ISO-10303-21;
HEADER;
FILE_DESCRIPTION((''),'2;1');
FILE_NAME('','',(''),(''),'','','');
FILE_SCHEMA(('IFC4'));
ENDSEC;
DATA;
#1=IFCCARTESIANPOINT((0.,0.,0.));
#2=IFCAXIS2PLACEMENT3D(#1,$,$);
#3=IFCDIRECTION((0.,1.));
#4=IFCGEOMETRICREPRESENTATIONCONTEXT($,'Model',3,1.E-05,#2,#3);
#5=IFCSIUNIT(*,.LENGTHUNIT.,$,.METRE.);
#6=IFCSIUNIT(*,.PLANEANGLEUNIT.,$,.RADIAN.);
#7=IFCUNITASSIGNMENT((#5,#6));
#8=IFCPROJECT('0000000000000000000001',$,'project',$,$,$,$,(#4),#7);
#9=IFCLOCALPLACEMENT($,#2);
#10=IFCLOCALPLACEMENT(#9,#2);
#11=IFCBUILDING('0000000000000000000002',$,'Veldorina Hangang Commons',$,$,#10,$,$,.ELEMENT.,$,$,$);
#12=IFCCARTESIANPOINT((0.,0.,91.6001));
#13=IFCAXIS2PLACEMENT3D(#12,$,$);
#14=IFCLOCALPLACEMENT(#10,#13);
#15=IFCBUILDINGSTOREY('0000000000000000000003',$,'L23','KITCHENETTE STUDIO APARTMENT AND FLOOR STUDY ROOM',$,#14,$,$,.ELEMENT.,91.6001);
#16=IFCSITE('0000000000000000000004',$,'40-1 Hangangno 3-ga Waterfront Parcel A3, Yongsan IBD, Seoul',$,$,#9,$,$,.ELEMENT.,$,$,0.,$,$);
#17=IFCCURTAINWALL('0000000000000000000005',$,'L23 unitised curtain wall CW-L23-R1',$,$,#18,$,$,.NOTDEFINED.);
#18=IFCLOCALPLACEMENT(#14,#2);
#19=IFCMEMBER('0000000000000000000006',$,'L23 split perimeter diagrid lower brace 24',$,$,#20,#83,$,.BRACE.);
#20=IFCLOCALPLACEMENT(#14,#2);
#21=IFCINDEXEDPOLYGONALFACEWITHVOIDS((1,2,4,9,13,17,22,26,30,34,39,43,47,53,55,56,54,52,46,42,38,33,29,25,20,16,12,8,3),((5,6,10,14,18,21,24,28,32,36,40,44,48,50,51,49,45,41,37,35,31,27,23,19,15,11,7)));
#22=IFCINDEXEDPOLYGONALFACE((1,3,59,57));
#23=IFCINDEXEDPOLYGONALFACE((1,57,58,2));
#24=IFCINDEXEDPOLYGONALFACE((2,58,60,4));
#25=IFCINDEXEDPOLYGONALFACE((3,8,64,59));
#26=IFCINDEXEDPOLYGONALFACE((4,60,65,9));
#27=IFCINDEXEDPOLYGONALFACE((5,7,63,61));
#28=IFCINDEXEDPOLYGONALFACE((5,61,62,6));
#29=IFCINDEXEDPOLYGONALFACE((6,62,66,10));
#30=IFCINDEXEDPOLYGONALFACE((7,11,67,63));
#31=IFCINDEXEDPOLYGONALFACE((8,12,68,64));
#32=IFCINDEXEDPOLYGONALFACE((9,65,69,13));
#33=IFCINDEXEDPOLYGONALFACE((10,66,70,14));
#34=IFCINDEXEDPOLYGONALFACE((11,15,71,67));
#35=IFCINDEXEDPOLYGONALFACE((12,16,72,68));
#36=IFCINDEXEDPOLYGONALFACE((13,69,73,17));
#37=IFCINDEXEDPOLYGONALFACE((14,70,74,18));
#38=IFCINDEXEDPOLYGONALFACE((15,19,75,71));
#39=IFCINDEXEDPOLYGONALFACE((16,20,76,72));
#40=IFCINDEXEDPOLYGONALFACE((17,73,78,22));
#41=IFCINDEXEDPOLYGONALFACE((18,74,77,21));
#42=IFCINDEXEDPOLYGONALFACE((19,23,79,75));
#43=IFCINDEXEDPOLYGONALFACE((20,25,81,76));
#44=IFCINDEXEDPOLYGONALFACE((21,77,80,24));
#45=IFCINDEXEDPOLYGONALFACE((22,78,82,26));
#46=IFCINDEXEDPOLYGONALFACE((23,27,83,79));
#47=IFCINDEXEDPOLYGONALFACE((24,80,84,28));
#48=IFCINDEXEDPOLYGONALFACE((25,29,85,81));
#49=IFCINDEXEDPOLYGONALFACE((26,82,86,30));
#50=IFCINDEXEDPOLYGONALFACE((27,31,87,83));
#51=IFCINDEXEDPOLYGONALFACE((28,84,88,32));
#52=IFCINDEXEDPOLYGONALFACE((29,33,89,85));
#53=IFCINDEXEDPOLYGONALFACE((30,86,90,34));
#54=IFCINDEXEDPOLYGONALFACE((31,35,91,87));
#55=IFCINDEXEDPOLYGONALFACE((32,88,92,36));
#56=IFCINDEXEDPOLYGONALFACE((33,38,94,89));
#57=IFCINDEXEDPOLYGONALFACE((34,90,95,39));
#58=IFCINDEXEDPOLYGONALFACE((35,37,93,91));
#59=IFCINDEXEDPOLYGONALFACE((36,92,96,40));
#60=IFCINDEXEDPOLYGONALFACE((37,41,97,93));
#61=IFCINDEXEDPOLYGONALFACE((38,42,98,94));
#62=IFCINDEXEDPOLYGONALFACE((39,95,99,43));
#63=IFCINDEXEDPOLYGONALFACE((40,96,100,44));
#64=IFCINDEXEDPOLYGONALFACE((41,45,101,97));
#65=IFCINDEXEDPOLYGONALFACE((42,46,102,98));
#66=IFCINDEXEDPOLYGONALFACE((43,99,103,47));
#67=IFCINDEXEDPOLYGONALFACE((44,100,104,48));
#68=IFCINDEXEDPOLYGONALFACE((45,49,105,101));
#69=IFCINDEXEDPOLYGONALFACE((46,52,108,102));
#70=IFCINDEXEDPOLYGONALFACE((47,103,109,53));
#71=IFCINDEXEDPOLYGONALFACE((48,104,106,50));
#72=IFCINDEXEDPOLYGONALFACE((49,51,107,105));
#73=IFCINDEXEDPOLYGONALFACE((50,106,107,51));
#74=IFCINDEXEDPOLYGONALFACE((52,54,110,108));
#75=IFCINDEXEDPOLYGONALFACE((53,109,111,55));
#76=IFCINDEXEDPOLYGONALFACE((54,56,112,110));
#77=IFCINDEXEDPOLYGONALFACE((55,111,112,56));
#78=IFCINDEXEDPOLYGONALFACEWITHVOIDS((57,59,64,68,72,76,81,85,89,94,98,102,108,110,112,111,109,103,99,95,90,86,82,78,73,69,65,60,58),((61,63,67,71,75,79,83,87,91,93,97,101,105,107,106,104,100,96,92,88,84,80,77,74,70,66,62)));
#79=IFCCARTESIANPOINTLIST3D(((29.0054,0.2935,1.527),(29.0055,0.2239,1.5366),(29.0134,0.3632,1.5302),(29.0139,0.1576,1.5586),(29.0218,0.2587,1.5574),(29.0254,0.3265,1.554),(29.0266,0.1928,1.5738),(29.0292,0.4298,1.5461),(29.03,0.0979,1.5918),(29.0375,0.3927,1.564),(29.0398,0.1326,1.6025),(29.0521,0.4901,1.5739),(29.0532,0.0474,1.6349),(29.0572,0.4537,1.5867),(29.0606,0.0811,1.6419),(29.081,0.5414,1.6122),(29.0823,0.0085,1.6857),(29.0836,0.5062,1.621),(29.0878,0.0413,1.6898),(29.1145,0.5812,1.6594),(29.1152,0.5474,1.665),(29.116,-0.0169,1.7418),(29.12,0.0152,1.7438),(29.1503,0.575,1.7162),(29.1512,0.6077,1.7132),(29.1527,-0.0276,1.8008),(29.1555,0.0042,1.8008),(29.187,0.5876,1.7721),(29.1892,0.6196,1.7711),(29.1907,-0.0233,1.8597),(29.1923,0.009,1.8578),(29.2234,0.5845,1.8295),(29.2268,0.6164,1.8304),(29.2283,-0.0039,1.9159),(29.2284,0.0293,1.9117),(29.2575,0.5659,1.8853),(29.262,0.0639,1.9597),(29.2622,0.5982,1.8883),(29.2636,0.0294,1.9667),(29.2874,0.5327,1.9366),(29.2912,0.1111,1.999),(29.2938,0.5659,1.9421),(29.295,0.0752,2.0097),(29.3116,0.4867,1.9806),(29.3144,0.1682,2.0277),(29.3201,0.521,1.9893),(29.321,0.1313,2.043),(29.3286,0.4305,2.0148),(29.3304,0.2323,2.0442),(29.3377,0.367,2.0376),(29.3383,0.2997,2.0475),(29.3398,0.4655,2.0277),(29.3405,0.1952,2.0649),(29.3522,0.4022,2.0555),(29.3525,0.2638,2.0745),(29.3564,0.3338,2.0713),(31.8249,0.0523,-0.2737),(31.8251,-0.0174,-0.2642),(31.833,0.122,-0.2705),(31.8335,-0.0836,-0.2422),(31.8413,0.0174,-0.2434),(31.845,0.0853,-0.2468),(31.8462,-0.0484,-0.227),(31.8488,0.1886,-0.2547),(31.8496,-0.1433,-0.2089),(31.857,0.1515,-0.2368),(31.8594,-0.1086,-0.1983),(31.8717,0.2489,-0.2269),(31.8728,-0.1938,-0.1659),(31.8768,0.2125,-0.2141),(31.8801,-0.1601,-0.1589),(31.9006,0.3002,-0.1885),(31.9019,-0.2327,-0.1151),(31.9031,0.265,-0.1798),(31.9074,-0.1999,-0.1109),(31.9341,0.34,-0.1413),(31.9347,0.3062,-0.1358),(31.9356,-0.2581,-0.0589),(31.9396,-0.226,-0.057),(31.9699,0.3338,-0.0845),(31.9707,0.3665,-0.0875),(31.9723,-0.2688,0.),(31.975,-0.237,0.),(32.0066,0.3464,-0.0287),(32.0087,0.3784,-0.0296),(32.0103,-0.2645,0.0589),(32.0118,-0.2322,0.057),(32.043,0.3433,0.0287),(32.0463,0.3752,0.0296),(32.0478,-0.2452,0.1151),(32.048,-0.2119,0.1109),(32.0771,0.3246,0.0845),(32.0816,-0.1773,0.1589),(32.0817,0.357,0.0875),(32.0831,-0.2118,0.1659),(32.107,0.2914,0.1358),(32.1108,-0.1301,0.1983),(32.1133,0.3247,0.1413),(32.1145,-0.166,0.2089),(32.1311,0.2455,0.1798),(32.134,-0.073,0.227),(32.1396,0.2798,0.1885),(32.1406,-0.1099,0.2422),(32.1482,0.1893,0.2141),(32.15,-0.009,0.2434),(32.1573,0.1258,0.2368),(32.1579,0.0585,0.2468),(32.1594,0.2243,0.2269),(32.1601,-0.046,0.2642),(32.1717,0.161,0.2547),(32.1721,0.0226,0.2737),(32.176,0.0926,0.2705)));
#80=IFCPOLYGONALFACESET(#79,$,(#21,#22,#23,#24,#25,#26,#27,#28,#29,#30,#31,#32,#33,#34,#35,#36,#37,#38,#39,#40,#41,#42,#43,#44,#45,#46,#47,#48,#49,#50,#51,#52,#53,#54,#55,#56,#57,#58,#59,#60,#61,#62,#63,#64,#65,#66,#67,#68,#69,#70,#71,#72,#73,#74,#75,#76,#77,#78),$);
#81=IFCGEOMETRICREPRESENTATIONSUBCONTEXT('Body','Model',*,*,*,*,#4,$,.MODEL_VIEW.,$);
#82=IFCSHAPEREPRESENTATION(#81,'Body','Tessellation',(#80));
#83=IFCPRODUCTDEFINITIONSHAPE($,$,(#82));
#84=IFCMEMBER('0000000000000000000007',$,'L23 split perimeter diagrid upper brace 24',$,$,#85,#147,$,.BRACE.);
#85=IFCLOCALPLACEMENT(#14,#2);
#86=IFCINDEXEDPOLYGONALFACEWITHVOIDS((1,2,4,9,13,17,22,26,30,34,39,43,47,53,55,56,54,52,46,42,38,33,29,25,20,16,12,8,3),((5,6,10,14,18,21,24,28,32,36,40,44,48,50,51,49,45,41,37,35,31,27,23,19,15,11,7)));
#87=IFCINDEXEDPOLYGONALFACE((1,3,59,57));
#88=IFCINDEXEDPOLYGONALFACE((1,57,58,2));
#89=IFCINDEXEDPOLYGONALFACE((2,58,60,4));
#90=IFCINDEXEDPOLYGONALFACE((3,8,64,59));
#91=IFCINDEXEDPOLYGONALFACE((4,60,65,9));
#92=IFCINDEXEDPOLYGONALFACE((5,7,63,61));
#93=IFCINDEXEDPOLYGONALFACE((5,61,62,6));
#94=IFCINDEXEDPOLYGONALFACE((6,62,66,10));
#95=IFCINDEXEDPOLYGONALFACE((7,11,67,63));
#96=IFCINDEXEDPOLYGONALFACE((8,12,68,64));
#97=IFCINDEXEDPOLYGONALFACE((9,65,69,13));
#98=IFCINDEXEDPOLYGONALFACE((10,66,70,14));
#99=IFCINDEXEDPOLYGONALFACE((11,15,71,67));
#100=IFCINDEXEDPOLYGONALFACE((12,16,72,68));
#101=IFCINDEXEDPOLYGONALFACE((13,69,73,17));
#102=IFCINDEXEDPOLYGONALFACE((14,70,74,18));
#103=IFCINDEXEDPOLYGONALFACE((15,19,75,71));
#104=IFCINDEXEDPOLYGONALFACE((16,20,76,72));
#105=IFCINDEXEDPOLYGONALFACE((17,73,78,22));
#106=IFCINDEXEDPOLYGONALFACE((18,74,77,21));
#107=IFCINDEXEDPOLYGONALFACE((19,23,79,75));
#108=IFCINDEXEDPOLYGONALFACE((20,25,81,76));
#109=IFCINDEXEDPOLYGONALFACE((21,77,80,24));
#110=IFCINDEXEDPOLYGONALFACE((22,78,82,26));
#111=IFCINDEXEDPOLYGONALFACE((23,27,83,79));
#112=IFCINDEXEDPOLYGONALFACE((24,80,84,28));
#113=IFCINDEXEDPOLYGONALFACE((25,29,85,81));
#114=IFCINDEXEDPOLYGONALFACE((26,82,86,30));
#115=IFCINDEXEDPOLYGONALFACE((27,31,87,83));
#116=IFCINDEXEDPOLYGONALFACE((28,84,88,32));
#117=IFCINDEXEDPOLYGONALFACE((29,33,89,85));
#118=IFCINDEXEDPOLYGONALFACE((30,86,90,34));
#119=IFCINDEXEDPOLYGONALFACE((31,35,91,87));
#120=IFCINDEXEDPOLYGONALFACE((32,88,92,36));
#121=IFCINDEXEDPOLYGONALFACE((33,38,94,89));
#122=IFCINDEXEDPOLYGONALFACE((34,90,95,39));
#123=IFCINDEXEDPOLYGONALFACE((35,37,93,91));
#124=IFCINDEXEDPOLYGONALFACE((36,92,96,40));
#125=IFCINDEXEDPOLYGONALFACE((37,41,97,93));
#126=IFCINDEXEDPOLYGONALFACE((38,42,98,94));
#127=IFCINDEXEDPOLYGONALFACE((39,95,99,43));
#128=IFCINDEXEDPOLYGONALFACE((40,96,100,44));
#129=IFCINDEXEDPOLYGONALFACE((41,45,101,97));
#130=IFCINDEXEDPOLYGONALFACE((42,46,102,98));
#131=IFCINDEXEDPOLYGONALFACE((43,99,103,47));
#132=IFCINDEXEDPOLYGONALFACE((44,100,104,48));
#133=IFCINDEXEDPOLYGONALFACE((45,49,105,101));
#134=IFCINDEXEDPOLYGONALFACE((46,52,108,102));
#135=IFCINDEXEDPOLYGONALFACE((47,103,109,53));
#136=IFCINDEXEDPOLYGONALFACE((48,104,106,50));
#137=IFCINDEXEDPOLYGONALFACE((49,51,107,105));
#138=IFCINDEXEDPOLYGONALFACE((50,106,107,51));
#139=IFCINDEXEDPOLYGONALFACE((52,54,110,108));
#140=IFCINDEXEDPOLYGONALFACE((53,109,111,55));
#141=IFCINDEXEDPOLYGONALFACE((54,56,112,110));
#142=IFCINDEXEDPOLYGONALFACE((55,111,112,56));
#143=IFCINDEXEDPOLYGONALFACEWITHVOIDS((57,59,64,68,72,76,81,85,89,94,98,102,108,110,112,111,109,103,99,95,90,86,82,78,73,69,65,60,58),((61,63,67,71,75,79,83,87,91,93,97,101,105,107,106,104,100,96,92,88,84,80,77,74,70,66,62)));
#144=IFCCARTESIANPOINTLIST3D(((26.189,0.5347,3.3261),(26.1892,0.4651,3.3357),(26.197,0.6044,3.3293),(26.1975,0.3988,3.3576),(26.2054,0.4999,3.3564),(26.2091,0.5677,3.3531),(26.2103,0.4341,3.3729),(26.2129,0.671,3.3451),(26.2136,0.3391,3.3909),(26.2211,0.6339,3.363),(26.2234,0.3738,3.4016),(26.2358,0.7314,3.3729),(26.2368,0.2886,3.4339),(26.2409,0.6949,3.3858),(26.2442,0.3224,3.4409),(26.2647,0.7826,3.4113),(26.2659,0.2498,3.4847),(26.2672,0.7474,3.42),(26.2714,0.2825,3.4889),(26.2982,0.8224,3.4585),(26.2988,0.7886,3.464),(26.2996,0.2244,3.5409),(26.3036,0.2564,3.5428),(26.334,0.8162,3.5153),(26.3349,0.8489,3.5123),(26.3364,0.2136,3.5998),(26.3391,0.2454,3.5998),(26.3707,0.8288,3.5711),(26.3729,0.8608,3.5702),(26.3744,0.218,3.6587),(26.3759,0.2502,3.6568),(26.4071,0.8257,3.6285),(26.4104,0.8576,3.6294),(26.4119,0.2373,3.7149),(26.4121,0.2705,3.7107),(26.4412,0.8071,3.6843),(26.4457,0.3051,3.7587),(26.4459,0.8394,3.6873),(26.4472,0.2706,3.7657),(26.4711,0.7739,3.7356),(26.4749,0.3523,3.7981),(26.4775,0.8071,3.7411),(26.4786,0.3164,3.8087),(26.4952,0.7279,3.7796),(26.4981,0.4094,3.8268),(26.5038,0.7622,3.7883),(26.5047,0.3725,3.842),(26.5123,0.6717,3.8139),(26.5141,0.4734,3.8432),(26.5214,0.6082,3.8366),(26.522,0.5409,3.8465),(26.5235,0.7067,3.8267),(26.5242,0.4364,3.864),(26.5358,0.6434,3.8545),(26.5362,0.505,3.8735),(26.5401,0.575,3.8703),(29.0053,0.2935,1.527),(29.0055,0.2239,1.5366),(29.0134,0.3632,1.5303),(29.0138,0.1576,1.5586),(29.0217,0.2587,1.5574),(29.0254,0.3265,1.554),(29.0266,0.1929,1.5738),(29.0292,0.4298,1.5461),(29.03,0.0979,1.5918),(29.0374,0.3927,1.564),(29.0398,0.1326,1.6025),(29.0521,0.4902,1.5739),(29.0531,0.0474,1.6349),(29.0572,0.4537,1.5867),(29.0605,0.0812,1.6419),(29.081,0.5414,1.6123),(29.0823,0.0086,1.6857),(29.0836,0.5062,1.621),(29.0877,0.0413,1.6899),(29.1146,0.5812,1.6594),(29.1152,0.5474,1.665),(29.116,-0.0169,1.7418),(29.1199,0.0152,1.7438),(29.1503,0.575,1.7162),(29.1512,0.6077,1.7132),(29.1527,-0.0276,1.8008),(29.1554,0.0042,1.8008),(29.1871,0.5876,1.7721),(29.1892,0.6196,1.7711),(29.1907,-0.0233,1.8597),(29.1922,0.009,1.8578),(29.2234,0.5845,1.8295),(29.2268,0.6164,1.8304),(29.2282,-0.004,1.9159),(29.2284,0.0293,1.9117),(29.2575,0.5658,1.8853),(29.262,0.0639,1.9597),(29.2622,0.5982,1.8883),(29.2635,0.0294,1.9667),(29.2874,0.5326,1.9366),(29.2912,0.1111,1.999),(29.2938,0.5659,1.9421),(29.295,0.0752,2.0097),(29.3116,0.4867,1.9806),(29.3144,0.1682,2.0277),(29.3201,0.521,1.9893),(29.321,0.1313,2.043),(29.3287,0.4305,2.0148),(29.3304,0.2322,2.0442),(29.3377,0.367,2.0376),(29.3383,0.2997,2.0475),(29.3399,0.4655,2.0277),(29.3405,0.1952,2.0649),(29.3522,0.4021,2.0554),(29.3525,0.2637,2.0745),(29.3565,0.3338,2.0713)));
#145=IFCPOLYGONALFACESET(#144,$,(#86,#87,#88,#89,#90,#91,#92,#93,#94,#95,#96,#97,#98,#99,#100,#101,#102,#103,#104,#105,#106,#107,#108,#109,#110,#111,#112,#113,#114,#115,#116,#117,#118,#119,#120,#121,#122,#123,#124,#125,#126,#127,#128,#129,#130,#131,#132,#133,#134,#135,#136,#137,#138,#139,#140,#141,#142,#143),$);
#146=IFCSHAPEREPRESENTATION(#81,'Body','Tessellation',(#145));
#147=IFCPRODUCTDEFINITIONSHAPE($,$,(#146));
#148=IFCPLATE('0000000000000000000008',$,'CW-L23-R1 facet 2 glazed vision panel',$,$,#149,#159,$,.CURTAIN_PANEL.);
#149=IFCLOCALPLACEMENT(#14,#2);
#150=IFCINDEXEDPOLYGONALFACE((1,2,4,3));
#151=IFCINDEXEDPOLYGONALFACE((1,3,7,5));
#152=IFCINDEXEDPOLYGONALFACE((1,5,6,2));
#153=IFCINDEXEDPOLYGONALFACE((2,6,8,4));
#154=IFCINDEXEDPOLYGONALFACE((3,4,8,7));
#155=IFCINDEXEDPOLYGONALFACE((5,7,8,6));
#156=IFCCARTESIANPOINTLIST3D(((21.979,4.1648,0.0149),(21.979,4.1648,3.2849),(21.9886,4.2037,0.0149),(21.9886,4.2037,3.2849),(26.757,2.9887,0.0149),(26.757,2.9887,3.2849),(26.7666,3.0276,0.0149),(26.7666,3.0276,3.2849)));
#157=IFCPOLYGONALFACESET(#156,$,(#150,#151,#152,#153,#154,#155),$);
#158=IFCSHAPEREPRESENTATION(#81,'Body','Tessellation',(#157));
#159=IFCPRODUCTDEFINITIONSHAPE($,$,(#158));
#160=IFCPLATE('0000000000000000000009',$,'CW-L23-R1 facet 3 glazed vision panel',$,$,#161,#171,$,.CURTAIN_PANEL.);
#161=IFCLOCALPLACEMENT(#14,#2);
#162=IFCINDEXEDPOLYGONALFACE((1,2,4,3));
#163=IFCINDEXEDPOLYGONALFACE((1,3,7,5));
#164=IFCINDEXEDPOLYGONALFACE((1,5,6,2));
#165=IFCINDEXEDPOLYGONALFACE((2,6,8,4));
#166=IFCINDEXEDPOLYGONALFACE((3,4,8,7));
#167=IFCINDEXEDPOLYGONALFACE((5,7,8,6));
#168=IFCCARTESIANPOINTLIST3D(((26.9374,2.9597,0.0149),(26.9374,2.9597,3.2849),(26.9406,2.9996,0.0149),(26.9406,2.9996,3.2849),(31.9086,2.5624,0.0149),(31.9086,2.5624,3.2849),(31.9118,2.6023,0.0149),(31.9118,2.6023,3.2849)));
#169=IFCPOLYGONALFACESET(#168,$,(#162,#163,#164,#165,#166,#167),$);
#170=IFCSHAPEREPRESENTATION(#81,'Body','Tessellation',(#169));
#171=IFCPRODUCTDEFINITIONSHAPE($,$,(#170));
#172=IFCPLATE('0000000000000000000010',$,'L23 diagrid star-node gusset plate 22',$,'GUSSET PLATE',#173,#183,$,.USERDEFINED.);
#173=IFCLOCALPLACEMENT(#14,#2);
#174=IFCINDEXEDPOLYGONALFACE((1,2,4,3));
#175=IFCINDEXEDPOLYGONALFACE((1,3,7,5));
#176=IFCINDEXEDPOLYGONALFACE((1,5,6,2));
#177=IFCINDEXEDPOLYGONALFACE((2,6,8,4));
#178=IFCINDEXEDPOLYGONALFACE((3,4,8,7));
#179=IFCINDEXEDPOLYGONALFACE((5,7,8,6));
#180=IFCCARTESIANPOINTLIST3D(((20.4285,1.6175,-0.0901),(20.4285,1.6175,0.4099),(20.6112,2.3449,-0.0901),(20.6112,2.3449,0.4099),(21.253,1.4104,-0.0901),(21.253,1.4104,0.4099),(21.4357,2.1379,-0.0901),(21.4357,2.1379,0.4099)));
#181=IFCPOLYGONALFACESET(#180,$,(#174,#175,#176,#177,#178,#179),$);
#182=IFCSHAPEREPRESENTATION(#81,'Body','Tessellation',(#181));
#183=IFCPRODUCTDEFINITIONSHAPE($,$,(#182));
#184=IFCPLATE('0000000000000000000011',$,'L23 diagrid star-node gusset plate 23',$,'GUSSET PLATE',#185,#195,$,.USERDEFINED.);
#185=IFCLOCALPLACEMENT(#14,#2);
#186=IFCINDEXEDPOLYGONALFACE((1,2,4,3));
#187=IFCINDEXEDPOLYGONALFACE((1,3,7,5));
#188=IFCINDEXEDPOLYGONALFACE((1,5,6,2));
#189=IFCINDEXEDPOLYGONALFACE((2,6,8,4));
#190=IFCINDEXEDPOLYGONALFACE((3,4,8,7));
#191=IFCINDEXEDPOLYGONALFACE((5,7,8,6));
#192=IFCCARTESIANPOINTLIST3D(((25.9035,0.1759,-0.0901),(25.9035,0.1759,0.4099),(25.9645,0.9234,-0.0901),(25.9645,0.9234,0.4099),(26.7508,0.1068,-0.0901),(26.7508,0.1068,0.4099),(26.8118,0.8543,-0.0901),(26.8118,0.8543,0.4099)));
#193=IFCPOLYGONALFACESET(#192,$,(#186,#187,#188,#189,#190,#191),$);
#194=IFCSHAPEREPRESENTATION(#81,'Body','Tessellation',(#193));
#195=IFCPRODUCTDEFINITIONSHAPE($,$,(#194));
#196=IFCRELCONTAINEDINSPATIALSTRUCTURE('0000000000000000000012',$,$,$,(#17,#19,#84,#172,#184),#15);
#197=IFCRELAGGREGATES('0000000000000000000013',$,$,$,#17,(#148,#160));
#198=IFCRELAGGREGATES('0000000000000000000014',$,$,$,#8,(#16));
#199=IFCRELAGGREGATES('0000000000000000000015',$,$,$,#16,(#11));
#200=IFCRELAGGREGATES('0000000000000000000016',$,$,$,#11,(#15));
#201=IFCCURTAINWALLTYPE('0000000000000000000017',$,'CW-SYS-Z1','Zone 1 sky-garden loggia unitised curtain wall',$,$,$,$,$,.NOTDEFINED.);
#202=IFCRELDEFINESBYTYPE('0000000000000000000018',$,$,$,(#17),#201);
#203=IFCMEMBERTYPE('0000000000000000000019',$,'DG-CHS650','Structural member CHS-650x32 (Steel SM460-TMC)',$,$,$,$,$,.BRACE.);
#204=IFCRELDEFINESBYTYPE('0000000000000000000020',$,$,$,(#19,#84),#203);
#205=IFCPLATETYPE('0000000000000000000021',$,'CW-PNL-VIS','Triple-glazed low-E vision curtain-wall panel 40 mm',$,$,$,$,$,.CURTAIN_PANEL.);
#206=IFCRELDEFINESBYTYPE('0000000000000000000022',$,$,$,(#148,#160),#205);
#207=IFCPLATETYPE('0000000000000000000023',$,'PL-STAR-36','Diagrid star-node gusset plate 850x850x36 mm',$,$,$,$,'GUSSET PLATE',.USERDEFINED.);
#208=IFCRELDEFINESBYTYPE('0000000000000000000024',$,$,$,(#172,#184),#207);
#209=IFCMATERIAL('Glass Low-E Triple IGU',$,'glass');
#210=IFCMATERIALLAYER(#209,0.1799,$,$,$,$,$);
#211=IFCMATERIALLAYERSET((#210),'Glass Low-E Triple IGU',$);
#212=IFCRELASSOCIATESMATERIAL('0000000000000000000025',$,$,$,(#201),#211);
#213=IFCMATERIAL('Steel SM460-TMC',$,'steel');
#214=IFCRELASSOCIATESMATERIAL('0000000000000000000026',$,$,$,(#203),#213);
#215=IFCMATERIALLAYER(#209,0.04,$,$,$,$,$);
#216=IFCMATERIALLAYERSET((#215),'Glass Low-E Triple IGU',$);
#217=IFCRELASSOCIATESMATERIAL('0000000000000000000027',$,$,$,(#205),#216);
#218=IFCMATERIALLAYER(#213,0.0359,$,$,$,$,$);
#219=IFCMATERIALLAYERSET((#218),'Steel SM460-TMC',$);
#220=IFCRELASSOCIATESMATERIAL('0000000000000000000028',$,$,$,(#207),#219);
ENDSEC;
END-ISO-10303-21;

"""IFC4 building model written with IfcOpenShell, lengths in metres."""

from ifc_helpers import new_model, si_unit, direction, frame, origin, origin_2d, place, context, subcontext, project, spatial, rectangle, hollow_circle, extrude, material, layer, layer_set, material_profile, profile_set, type_object, element, aggregate, save


model = new_model("IFC4")

# Units and contexts
model_context = context("Model", 3, precision=1e-05, world=origin(), true_north=direction((0.0, 1.0)))
body_context = subcontext(model_context, "Body", "Model", "MODEL_VIEW")
ifc_project = project(units=[si_unit("LENGTHUNIT", "METRE"), si_unit("PLANEANGLEUNIT", "RADIAN")], contexts=[model_context])

# Site, building, storey
site_placement = place(None, origin())
site = spatial("IfcSite", under=ifc_project, at=site_placement, Name="40-1 Hangangno 3-ga Waterfront Parcel A3, Yongsan IBD, Seoul", CompositionType="ELEMENT", RefElevation=0.0)
building_placement = place(site_placement, origin())
building = spatial("IfcBuilding", under=site, at=building_placement, Name="Veldorina Hangang Commons", CompositionType="ELEMENT")
storey_placement = place(building_placement, frame((0.0, 0.0, 91.6001)))
storey = spatial("IfcBuildingStorey", under=building, at=storey_placement, Name="L23", Description="KITCHENETTE STUDIO APARTMENT AND FLOOR STUDY ROOM", CompositionType="ELEMENT", Elevation=91.6001)

# Curtain wall
ifc_material_1 = material(Name="Glass Low-E Triple IGU", Category="glass")
ifc_layer_1 = layer(ifc_material_1, 0.1799)
ifc_layer_set_1 = layer_set([ifc_layer_1], Name="Glass Low-E Triple IGU")
curtain_wall_type = type_object("IfcCurtainWallType", Name="CW-SYS-Z1", Description="Zone 1 sky-garden loggia unitised curtain wall", PredefinedType="NOTDEFINED", material=ifc_layer_set_1)
curtain_wall_placement = place(storey_placement, origin())
curtain_wall = element("IfcCurtainWall", 1, at=curtain_wall_placement, inside=storey, type_object=curtain_wall_type, Name="L23 unitised curtain wall CW-L23-R1", PredefinedType="NOTDEFINED")

# Members
ifc_material_2 = material(Name="Steel SM460-TMC", Category="steel")
ifc_material_profile_1 = material_profile(ifc_material_2, hollow_circle(Radius=0.325, WallThickness=0.032, at=origin_2d()), Name="CHS-650x32")
ifc_profile_set_1 = profile_set([ifc_material_profile_1], Name="Steel SM460-TMC")
member_type_1 = type_object("IfcMemberType", Name="DG-CHS650", Description="Structural member CHS-650x32 (Steel SM460-TMC)", PredefinedType="BRACE", material=ifc_profile_set_1)
member_1_placement = place(storey_placement, frame((32.0, 0.0549, 0.0), z_axis=(-0.840598, 0.071912, 0.536865), x_axis=(-0.085237, -0.996361, 0.0)))
element("IfcMember", 2, at=member_1_placement, inside=storey, type_object=member_type_1, Name="L23 split perimeter diagrid lower brace 24", PredefinedType="BRACE", context=body_context, shape_type="SweptSolid", body=[
    extrude(hollow_circle(Radius=0.325, WallThickness=0.032, at=origin_2d()), origin(), (0.0, 0.0, 1.0), 3.3542),
])
member_2_placement = place(storey_placement, frame((29.1804, 0.2961, 1.8008), z_axis=(-0.84055, 0.071989, 0.536929), x_axis=(-0.085333, -0.996353, 0.0)))
element("IfcMember", 3, at=member_2_placement, inside=storey, type_object=member_type_1, Name="L23 split perimeter diagrid upper brace 24", PredefinedType="BRACE", context=body_context, shape_type="SweptSolid", body=[
    extrude(hollow_circle(Radius=0.325, WallThickness=0.032, at=origin_2d()), origin(), (0.0, 0.0, 1.0), 3.3506),
])

# Plates
ifc_layer_2 = layer(ifc_material_1, 0.04)
ifc_layer_set_2 = layer_set([ifc_layer_2], Name="Glass Low-E Triple IGU")
plate_type_1 = type_object("IfcPlateType", Name="CW-PNL-VIS", Description="Triple-glazed low-E vision curtain-wall panel 40 mm", PredefinedType="CURTAIN_PANEL", material=ifc_layer_set_2)
plate_1_placement = place(storey_placement, frame((24.3728, 3.5962, 0.0149), z_axis=(0.0, 0.0, 1.0), x_axis=(0.971013, -0.239025, 0.0)))
plate_1 = element("IfcPlate", 4, at=plate_1_placement, type_object=plate_type_1, Name="CW-L23-R1 facet 2 glazed vision panel", PredefinedType="CURTAIN_PANEL", context=body_context, shape_type="SweptSolid", body=[
    extrude(rectangle(XDim=4.9207, YDim=0.04, at=origin_2d()), origin(), (0.0, 0.0, 1.0), 3.27),
])
plate_2_placement = place(storey_placement, frame((29.4246, 2.781, 0.0149), z_axis=(0.0, 0.0, 1.0), x_axis=(0.996821, -0.079677, 0.0)))
plate_2 = element("IfcPlate", 5, at=plate_2_placement, type_object=plate_type_1, Name="CW-L23-R1 facet 3 glazed vision panel", PredefinedType="CURTAIN_PANEL", context=body_context, shape_type="SweptSolid", body=[
    extrude(rectangle(XDim=4.9871, YDim=0.04, at=origin_2d()), origin(), (0.0, 0.0, 1.0), 3.27),
])
aggregate(curtain_wall, [plate_1, plate_2])

# Plates
ifc_layer_3 = layer(ifc_material_2, 0.0359)
ifc_layer_set_3 = layer_set([ifc_layer_3], Name="Steel SM460-TMC")
plate_type_2 = type_object("IfcPlateType", Name="PL-STAR-36", Description="Diagrid star-node gusset plate 850x850x36 mm", ElementType="GUSSET PLATE", PredefinedType="USERDEFINED", material=ifc_layer_set_3)
for number, where, z_axis, x_axis, name in (
    (6, (20.9321, 1.8777, -0.0901), (0.0, 0.0, 1.0), (0.969881, -0.243581, 0.0), "L23 diagrid star-node gusset plate 22"),
    (7, (26.3577, 0.5151, -0.0901), (0.0, 0.0, 1.0), (0.996692, -0.081277, 0.0), "L23 diagrid star-node gusset plate 23"),
):
    element("IfcPlate", number, at=place(storey_placement, frame(where, z_axis=z_axis, x_axis=x_axis)), inside=storey, type_object=plate_type_2, Name=name, ObjectType="GUSSET PLATE", PredefinedType="USERDEFINED", context=body_context, shape_type="SweptSolid", body=[
        extrude(rectangle(XDim=0.8501, YDim=0.75, at=origin_2d()), origin(), (0.0, 0.0, 1.0), 0.5),
    ])

save(model, "model.ifc")
